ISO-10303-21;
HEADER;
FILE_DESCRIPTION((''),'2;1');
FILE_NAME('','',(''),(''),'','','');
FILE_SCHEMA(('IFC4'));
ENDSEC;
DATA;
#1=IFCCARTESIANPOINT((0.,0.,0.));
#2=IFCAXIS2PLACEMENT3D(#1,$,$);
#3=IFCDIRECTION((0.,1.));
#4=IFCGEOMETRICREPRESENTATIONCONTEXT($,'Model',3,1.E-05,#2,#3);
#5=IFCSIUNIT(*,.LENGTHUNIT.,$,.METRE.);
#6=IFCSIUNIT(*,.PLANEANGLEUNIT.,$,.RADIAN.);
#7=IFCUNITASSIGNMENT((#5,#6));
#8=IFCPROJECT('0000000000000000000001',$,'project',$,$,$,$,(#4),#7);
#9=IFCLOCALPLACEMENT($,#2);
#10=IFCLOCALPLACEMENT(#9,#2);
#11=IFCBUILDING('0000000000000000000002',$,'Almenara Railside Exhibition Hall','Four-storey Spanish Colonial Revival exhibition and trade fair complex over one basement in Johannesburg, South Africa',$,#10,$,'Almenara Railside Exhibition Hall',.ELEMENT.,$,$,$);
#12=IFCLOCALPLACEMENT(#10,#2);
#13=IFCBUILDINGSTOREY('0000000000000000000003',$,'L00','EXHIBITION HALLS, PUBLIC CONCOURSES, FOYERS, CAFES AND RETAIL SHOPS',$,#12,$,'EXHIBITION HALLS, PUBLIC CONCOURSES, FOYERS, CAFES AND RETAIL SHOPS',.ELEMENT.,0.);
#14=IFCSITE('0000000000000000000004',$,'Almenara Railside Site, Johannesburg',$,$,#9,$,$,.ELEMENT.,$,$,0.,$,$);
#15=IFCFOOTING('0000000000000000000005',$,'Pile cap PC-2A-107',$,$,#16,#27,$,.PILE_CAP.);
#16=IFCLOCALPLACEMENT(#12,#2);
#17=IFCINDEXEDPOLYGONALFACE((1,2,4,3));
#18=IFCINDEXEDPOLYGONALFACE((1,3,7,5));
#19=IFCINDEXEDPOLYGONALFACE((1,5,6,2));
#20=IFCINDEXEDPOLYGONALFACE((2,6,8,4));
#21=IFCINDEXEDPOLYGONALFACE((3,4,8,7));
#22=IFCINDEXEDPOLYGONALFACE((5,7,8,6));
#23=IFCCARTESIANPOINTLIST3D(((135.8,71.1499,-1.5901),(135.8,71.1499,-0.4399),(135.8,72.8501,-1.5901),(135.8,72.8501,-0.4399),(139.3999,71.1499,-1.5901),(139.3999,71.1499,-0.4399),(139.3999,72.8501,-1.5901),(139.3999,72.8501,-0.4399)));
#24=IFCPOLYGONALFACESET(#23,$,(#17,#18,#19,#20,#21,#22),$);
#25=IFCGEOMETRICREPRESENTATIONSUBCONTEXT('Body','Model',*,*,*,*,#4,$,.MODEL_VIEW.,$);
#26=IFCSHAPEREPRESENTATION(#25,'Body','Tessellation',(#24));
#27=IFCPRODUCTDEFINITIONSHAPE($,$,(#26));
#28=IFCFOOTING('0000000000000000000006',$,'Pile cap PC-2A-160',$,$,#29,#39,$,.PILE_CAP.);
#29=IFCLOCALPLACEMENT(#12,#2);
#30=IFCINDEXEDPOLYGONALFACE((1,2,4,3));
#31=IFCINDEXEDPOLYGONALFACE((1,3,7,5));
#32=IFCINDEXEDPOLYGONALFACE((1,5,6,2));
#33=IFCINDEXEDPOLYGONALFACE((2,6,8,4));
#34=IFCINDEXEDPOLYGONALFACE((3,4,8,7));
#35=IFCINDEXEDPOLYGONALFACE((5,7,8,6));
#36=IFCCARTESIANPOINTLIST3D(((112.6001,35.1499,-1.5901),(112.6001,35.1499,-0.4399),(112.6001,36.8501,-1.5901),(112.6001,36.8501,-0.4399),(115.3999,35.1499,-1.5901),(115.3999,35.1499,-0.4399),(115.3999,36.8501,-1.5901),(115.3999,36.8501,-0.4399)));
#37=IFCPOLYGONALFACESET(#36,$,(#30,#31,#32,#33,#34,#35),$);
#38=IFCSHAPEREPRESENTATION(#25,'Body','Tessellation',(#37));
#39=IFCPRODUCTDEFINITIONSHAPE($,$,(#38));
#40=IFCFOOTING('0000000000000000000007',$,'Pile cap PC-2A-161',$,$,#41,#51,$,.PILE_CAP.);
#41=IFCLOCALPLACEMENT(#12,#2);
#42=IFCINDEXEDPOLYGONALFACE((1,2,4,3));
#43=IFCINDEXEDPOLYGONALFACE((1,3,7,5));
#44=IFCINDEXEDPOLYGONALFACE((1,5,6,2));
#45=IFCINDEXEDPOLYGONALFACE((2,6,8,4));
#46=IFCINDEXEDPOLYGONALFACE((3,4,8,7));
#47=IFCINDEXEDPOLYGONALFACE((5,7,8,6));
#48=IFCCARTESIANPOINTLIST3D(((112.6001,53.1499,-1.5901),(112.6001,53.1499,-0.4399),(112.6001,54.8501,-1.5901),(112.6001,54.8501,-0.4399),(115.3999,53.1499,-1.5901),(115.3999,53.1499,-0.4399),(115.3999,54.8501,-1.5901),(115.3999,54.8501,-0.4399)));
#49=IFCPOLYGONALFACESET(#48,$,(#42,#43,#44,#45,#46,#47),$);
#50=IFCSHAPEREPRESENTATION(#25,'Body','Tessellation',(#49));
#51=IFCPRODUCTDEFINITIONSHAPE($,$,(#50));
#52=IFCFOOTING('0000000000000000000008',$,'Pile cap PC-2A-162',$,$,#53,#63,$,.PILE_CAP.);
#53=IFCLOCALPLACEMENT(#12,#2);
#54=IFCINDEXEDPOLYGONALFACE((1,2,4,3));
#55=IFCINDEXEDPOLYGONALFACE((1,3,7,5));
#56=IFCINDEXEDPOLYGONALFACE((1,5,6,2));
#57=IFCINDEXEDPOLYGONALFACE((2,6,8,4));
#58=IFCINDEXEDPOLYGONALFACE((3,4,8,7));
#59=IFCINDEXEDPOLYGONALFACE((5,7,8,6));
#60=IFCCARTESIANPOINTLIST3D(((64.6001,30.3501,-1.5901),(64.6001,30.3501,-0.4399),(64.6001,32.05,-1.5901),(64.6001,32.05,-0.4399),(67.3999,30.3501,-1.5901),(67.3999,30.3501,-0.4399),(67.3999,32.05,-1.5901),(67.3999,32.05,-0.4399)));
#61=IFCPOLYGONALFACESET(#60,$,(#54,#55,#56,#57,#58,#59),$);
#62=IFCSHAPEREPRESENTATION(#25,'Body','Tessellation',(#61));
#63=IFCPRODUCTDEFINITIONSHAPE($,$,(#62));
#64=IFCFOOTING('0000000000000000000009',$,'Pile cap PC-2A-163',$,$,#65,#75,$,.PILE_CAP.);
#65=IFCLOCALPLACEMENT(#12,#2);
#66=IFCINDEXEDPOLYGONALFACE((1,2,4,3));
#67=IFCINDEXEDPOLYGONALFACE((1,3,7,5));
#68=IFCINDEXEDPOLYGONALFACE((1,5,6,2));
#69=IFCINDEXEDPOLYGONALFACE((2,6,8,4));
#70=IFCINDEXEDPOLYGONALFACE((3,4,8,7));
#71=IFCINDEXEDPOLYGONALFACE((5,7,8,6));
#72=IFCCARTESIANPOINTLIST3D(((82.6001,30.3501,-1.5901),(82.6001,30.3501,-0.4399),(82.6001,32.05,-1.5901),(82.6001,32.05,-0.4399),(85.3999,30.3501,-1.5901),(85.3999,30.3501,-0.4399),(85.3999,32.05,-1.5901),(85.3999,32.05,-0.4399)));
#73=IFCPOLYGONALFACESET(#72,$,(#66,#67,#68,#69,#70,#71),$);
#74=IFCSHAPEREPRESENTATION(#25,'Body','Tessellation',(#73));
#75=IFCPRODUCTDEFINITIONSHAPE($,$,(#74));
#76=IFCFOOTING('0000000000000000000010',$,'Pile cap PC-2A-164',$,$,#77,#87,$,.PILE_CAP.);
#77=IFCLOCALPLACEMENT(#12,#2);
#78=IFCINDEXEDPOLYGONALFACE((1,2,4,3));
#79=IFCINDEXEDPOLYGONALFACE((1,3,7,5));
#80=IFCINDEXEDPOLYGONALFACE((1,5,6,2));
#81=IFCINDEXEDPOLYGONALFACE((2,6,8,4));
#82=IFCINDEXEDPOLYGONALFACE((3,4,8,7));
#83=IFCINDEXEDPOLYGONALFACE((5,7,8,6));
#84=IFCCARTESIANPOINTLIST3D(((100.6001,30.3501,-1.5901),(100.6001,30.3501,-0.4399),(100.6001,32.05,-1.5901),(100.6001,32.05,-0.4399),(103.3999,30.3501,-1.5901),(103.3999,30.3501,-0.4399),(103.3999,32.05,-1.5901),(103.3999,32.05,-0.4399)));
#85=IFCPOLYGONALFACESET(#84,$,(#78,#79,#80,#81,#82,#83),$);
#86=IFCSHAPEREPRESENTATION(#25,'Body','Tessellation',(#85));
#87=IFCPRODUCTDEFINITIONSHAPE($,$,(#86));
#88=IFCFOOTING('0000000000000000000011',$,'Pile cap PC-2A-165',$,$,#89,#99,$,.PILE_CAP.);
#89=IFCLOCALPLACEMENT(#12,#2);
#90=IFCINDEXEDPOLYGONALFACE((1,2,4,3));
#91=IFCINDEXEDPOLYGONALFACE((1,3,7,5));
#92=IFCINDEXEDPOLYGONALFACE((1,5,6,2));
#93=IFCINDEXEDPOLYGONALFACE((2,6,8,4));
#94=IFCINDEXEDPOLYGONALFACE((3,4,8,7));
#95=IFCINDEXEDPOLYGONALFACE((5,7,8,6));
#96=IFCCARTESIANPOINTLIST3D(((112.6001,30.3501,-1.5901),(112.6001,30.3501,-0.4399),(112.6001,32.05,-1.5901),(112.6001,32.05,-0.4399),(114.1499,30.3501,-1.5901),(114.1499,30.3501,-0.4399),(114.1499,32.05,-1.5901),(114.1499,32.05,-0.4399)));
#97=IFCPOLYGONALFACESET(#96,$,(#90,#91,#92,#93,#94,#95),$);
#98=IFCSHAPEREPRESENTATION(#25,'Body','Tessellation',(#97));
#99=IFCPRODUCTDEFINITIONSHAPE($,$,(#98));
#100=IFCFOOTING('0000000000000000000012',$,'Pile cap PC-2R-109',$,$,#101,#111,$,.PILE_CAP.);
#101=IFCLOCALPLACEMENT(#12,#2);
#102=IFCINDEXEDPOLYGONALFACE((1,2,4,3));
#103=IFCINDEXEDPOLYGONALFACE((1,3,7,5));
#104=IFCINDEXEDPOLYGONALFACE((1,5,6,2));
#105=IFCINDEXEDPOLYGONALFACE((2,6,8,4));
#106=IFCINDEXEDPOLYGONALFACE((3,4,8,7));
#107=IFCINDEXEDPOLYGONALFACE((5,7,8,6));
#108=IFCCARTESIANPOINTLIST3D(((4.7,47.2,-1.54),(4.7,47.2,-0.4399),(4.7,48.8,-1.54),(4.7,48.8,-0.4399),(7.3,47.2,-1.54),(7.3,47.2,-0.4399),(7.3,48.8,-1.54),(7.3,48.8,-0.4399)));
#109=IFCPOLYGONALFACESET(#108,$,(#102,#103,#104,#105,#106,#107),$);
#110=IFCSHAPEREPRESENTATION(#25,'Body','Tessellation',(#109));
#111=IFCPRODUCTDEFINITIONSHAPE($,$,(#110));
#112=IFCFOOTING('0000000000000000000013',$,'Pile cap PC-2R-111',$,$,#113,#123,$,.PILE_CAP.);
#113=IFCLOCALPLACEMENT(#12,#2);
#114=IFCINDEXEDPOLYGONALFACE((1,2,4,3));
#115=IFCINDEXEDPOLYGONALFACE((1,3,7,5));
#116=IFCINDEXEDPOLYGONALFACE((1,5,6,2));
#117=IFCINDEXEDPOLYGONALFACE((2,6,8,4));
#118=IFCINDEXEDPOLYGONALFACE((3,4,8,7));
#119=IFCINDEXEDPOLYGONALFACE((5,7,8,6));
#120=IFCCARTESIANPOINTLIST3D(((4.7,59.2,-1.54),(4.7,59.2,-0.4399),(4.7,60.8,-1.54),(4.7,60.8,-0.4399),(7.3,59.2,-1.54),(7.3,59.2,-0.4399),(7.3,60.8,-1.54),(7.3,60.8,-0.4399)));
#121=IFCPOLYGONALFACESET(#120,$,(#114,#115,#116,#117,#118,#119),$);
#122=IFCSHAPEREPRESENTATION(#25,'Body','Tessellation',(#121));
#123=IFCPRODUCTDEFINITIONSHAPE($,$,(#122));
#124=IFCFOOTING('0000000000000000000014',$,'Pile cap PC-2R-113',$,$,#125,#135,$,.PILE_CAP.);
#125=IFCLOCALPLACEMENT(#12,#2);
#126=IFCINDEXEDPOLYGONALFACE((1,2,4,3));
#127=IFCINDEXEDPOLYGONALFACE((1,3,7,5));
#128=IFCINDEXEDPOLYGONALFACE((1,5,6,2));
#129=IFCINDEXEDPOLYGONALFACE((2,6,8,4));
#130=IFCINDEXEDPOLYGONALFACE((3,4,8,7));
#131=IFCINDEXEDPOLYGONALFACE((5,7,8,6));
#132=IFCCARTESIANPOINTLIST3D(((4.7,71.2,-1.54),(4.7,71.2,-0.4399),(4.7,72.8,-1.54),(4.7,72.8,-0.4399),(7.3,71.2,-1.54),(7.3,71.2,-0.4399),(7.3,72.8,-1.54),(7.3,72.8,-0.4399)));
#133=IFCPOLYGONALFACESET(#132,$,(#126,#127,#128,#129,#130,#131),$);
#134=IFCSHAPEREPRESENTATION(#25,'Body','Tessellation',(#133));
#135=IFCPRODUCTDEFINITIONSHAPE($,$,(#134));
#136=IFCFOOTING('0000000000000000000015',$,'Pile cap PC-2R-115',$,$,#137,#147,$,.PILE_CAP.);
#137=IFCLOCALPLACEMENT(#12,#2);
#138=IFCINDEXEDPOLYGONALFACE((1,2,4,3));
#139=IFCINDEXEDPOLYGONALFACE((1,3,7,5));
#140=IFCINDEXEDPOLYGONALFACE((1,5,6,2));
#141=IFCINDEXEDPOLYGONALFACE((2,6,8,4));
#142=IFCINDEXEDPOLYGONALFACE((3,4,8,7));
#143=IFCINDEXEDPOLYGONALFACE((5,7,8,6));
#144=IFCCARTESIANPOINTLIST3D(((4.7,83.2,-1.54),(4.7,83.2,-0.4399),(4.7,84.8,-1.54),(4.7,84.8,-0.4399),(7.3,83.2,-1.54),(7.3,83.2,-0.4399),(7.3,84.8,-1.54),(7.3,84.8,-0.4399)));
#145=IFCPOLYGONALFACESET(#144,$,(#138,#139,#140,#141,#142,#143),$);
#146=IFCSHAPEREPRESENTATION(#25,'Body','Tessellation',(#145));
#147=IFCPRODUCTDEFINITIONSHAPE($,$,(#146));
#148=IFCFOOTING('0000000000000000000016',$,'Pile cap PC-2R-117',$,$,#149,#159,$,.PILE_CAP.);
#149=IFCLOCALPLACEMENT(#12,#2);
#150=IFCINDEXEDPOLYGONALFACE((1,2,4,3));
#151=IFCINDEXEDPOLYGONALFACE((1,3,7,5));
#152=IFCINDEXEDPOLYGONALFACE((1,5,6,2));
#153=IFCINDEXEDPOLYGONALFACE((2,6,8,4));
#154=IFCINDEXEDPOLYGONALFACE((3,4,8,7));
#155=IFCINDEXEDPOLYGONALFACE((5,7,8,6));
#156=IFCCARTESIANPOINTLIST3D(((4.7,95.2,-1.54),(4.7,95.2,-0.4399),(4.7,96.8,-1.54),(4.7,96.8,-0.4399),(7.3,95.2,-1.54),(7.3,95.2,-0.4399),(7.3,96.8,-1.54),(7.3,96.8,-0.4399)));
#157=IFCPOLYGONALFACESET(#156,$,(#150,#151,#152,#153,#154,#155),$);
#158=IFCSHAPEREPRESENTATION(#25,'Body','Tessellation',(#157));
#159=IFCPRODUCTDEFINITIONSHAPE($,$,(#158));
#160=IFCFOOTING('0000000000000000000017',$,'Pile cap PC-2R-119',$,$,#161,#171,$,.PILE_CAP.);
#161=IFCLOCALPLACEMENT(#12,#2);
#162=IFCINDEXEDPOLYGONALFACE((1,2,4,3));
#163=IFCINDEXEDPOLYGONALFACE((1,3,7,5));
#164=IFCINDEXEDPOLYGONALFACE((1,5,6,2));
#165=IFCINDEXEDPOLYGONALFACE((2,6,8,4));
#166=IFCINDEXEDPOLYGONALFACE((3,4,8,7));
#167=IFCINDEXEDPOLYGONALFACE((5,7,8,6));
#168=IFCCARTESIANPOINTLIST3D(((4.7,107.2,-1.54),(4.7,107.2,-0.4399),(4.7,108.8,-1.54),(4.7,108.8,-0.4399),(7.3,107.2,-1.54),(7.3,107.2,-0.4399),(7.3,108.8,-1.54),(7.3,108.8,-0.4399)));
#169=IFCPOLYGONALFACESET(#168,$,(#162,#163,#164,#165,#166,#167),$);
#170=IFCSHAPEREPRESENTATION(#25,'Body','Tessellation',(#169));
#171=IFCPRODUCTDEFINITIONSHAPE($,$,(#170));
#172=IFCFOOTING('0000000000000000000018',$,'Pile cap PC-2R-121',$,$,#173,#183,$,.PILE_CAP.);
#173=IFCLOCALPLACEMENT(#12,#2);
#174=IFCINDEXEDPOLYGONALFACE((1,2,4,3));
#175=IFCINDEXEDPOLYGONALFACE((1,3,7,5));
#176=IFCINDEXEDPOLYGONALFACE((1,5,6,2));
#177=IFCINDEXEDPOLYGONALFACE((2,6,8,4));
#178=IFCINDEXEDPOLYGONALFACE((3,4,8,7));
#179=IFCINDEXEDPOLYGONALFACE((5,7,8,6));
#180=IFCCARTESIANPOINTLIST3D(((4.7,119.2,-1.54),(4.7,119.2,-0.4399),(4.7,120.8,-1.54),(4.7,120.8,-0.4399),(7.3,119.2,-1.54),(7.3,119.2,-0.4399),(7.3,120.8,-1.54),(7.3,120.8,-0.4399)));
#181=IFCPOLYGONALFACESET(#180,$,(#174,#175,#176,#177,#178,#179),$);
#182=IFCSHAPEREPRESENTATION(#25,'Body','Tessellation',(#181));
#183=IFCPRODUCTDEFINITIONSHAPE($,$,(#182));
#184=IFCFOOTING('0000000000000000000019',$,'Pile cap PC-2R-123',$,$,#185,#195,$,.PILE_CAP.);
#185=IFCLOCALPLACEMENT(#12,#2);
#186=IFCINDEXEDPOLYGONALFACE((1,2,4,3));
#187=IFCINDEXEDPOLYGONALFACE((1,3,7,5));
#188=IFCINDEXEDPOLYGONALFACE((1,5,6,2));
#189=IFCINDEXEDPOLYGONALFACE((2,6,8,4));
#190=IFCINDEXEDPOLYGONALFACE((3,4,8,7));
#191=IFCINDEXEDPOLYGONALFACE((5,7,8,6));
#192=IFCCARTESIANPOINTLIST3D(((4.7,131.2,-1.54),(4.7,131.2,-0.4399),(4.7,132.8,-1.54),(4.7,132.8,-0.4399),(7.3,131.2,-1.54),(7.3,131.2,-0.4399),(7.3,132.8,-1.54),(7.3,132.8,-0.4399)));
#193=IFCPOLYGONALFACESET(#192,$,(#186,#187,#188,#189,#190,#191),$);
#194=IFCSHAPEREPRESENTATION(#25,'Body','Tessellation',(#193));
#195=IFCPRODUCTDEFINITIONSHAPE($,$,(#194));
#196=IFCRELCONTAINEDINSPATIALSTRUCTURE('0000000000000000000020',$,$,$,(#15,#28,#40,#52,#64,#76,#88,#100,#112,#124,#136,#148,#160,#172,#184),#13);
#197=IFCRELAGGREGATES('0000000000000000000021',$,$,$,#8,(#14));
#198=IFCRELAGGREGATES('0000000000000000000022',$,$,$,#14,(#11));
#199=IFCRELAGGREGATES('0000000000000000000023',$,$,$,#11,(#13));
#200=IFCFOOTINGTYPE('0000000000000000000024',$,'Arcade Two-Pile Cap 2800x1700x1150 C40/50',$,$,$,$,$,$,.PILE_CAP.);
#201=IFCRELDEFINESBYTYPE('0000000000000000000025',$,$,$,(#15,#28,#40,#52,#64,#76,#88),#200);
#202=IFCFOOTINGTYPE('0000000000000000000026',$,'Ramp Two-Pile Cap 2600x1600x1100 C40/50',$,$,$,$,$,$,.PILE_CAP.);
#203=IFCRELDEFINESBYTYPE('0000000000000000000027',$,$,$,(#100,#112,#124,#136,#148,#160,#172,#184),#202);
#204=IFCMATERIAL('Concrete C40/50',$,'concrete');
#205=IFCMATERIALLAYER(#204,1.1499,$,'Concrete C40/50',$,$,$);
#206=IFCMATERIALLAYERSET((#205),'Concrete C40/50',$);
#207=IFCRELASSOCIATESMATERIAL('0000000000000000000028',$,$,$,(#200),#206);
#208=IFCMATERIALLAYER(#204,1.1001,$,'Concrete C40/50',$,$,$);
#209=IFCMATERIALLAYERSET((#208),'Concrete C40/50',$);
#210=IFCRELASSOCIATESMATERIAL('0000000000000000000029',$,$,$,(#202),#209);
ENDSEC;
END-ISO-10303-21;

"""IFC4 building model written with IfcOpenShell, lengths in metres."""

from ifc_helpers import new_model, si_unit, direction, frame, origin, place, context, subcontext, project, spatial, polyline, outline, extrude, material, layer, layer_set, type_object, element, save


model = new_model("IFC4")

# Units and contexts
model_context = context("Model", 3, precision=1e-05, world=origin(), true_north=direction((0.0, 1.0)))
body_context = subcontext(model_context, "Body", "Model", "MODEL_VIEW")
ifc_project = project(units=[si_unit("LENGTHUNIT", "METRE"), si_unit("PLANEANGLEUNIT", "RADIAN")], contexts=[model_context])

# Site, building, storey
site_placement = place(None, origin())
site = spatial("IfcSite", under=ifc_project, at=site_placement, Name="Almenara Railside Site, Johannesburg", CompositionType="ELEMENT", RefElevation=0.0)
building_placement = place(site_placement, origin())
building = spatial("IfcBuilding", under=site, at=building_placement, Name="Almenara Railside Exhibition Hall", Description="Four-storey Spanish Colonial Revival exhibition and trade fair complex over one basement in Johannesburg, South Africa", LongName="Almenara Railside Exhibition Hall", CompositionType="ELEMENT")
storey_placement = place(building_placement, origin())
storey = spatial("IfcBuildingStorey", under=building, at=storey_placement, Name="L00", Description="EXHIBITION HALLS, PUBLIC CONCOURSES, FOYERS, CAFES AND RETAIL SHOPS", LongName="EXHIBITION HALLS, PUBLIC CONCOURSES, FOYERS, CAFES AND RETAIL SHOPS", CompositionType="ELEMENT", Elevation=0.0)

# Footings
ifc_material_1 = material(Name="Concrete C40/50", Category="concrete")
ifc_layer_1 = layer(ifc_material_1, 1.1499, Name="Concrete C40/50")
ifc_layer_set_1 = layer_set([ifc_layer_1], Name="Concrete C40/50")
footing_type_1 = type_object("IfcFootingType", Name="Arcade Two-Pile Cap 2800x1700x1150 C40/50", PredefinedType="PILE_CAP", material=ifc_layer_set_1)
footing_1_placement = place(storey_placement, frame((0.0, 0.0, -1.5901)))
element("IfcFooting", 1, at=footing_1_placement, inside=storey, type_object=footing_type_1, Name="Pile cap PC-2A-107", PredefinedType="PILE_CAP", context=body_context, shape_type="SweptSolid", body=[
    extrude(outline(polyline([(135.8, 71.1499), (139.3999, 71.1499), (139.3999, 72.8501), (135.8, 72.8501), (135.8, 71.1499)])), origin(), (0.0, 0.0, 1.0), 1.1501),
])
footing_2_placement = place(storey_placement, frame((0.0, 0.0, -1.5901)))
element("IfcFooting", 2, at=footing_2_placement, inside=storey, type_object=footing_type_1, Name="Pile cap PC-2A-160", PredefinedType="PILE_CAP", context=body_context, shape_type="SweptSolid", body=[
    extrude(outline(polyline([(112.6001, 35.1499), (115.3999, 35.1499), (115.3999, 36.8501), (112.6001, 36.8501), (112.6001, 35.1499)])), origin(), (0.0, 0.0, 1.0), 1.1501),
])
footing_3_placement = place(storey_placement, frame((0.0, 0.0, -1.5901)))
element("IfcFooting", 3, at=footing_3_placement, inside=storey, type_object=footing_type_1, Name="Pile cap PC-2A-161", PredefinedType="PILE_CAP", context=body_context, shape_type="SweptSolid", body=[
    extrude(outline(polyline([(112.6001, 53.1499), (115.3999, 53.1499), (115.3999, 54.8501), (112.6001, 54.8501), (112.6001, 53.1499)])), origin(), (0.0, 0.0, 1.0), 1.1501),
])
footing_4_placement = place(storey_placement, frame((0.0, 0.0, -1.5901)))
element("IfcFooting", 4, at=footing_4_placement, inside=storey, type_object=footing_type_1, Name="Pile cap PC-2A-162", PredefinedType="PILE_CAP", context=body_context, shape_type="SweptSolid", body=[
    extrude(outline(polyline([(64.6001, 30.3501), (67.3999, 30.3501), (67.3999, 32.05), (64.6001, 32.05), (64.6001, 30.3501)])), origin(), (0.0, 0.0, 1.0), 1.1501),
])
footing_5_placement = place(storey_placement, frame((0.0, 0.0, -1.5901)))
element("IfcFooting", 5, at=footing_5_placement, inside=storey, type_object=footing_type_1, Name="Pile cap PC-2A-163", PredefinedType="PILE_CAP", context=body_context, shape_type="SweptSolid", body=[
    extrude(outline(polyline([(82.6001, 30.3501), (85.3999, 30.3501), (85.3999, 32.05), (82.6001, 32.05), (82.6001, 30.3501)])), origin(), (0.0, 0.0, 1.0), 1.1501),
])
footing_6_placement = place(storey_placement, frame((0.0, 0.0, -1.5901)))
element("IfcFooting", 6, at=footing_6_placement, inside=storey, type_object=footing_type_1, Name="Pile cap PC-2A-164", PredefinedType="PILE_CAP", context=body_context, shape_type="SweptSolid", body=[
    extrude(outline(polyline([(100.6001, 30.3501), (103.3999, 30.3501), (103.3999, 32.05), (100.6001, 32.05), (100.6001, 30.3501)])), origin(), (0.0, 0.0, 1.0), 1.1501),
])
footing_7_placement = place(storey_placement, frame((0.0, 0.0, -1.5901)))
element("IfcFooting", 7, at=footing_7_placement, inside=storey, type_object=footing_type_1, Name="Pile cap PC-2A-165", PredefinedType="PILE_CAP", context=body_context, shape_type="SweptSolid", body=[
    extrude(outline(polyline([(112.6001, 30.3501), (114.1499, 30.3501), (114.1499, 32.05), (112.6001, 32.05), (112.6001, 30.3501)])), origin(), (0.0, 0.0, 1.0), 1.1501),
])
ifc_layer_2 = layer(ifc_material_1, 1.1001, Name="Concrete C40/50")
ifc_layer_set_2 = layer_set([ifc_layer_2], Name="Concrete C40/50")
footing_type_2 = type_object("IfcFootingType", Name="Ramp Two-Pile Cap 2600x1600x1100 C40/50", PredefinedType="PILE_CAP", material=ifc_layer_set_2)
footing_8_placement = place(storey_placement, frame((0.0, 0.0, -1.54)))
element("IfcFooting", 8, at=footing_8_placement, inside=storey, type_object=footing_type_2, Name="Pile cap PC-2R-109", PredefinedType="PILE_CAP", context=body_context, shape_type="SweptSolid", body=[
    extrude(outline(polyline([(4.7, 47.2), (7.3, 47.2), (7.3, 48.8), (4.7, 48.8), (4.7, 47.2)])), origin(), (0.0, 0.0, 1.0), 1.1001),
])
footing_9_placement = place(storey_placement, frame((0.0, 0.0, -1.54)))
element("IfcFooting", 9, at=footing_9_placement, inside=storey, type_object=footing_type_2, Name="Pile cap PC-2R-111", PredefinedType="PILE_CAP", context=body_context, shape_type="SweptSolid", body=[
    extrude(outline(polyline([(4.7, 59.2), (7.3, 59.2), (7.3, 60.8), (4.7, 60.8), (4.7, 59.2)])), origin(), (0.0, 0.0, 1.0), 1.1001),
])
footing_10_placement = place(storey_placement, frame((0.0, 0.0, -1.54)))
element("IfcFooting", 10, at=footing_10_placement, inside=storey, type_object=footing_type_2, Name="Pile cap PC-2R-113", PredefinedType="PILE_CAP", context=body_context, shape_type="SweptSolid", body=[
    extrude(outline(polyline([(4.7, 71.2), (7.3, 71.2), (7.3, 72.8), (4.7, 72.8), (4.7, 71.2)])), origin(), (0.0, 0.0, 1.0), 1.1001),
])
footing_11_placement = place(storey_placement, frame((0.0, 0.0, -1.54)))
element("IfcFooting", 11, at=footing_11_placement, inside=storey, type_object=footing_type_2, Name="Pile cap PC-2R-115", PredefinedType="PILE_CAP", context=body_context, shape_type="SweptSolid", body=[
    extrude(outline(polyline([(4.7, 83.2), (7.3, 83.2), (7.3, 84.8), (4.7, 84.8), (4.7, 83.2)])), origin(), (0.0, 0.0, 1.0), 1.1001),
])
footing_12_placement = place(storey_placement, frame((0.0, 0.0, -1.54)))
element("IfcFooting", 12, at=footing_12_placement, inside=storey, type_object=footing_type_2, Name="Pile cap PC-2R-117", PredefinedType="PILE_CAP", context=body_context, shape_type="SweptSolid", body=[
    extrude(outline(polyline([(4.7, 95.2), (7.3, 95.2), (7.3, 96.8), (4.7, 96.8), (4.7, 95.2)])), origin(), (0.0, 0.0, 1.0), 1.1001),
])
footing_13_placement = place(storey_placement, frame((0.0, 0.0, -1.54)))
element("IfcFooting", 13, at=footing_13_placement, inside=storey, type_object=footing_type_2, Name="Pile cap PC-2R-119", PredefinedType="PILE_CAP", context=body_context, shape_type="SweptSolid", body=[
    extrude(outline(polyline([(4.7, 107.2), (7.3, 107.2), (7.3, 108.8), (4.7, 108.8), (4.7, 107.2)])), origin(), (0.0, 0.0, 1.0), 1.1001),
])
footing_14_placement = place(storey_placement, frame((0.0, 0.0, -1.54)))
element("IfcFooting", 14, at=footing_14_placement, inside=storey, type_object=footing_type_2, Name="Pile cap PC-2R-121", PredefinedType="PILE_CAP", context=body_context, shape_type="SweptSolid", body=[
    extrude(outline(polyline([(4.7, 119.2), (7.3, 119.2), (7.3, 120.8), (4.7, 120.8), (4.7, 119.2)])), origin(), (0.0, 0.0, 1.0), 1.1001),
])
footing_15_placement = place(storey_placement, frame((0.0, 0.0, -1.54)))
element("IfcFooting", 15, at=footing_15_placement, inside=storey, type_object=footing_type_2, Name="Pile cap PC-2R-123", PredefinedType="PILE_CAP", context=body_context, shape_type="SweptSolid", body=[
    extrude(outline(polyline([(4.7, 131.2), (7.3, 131.2), (7.3, 132.8), (4.7, 132.8), (4.7, 131.2)])), origin(), (0.0, 0.0, 1.0), 1.1001),
])

save(model, "model.ifc")
